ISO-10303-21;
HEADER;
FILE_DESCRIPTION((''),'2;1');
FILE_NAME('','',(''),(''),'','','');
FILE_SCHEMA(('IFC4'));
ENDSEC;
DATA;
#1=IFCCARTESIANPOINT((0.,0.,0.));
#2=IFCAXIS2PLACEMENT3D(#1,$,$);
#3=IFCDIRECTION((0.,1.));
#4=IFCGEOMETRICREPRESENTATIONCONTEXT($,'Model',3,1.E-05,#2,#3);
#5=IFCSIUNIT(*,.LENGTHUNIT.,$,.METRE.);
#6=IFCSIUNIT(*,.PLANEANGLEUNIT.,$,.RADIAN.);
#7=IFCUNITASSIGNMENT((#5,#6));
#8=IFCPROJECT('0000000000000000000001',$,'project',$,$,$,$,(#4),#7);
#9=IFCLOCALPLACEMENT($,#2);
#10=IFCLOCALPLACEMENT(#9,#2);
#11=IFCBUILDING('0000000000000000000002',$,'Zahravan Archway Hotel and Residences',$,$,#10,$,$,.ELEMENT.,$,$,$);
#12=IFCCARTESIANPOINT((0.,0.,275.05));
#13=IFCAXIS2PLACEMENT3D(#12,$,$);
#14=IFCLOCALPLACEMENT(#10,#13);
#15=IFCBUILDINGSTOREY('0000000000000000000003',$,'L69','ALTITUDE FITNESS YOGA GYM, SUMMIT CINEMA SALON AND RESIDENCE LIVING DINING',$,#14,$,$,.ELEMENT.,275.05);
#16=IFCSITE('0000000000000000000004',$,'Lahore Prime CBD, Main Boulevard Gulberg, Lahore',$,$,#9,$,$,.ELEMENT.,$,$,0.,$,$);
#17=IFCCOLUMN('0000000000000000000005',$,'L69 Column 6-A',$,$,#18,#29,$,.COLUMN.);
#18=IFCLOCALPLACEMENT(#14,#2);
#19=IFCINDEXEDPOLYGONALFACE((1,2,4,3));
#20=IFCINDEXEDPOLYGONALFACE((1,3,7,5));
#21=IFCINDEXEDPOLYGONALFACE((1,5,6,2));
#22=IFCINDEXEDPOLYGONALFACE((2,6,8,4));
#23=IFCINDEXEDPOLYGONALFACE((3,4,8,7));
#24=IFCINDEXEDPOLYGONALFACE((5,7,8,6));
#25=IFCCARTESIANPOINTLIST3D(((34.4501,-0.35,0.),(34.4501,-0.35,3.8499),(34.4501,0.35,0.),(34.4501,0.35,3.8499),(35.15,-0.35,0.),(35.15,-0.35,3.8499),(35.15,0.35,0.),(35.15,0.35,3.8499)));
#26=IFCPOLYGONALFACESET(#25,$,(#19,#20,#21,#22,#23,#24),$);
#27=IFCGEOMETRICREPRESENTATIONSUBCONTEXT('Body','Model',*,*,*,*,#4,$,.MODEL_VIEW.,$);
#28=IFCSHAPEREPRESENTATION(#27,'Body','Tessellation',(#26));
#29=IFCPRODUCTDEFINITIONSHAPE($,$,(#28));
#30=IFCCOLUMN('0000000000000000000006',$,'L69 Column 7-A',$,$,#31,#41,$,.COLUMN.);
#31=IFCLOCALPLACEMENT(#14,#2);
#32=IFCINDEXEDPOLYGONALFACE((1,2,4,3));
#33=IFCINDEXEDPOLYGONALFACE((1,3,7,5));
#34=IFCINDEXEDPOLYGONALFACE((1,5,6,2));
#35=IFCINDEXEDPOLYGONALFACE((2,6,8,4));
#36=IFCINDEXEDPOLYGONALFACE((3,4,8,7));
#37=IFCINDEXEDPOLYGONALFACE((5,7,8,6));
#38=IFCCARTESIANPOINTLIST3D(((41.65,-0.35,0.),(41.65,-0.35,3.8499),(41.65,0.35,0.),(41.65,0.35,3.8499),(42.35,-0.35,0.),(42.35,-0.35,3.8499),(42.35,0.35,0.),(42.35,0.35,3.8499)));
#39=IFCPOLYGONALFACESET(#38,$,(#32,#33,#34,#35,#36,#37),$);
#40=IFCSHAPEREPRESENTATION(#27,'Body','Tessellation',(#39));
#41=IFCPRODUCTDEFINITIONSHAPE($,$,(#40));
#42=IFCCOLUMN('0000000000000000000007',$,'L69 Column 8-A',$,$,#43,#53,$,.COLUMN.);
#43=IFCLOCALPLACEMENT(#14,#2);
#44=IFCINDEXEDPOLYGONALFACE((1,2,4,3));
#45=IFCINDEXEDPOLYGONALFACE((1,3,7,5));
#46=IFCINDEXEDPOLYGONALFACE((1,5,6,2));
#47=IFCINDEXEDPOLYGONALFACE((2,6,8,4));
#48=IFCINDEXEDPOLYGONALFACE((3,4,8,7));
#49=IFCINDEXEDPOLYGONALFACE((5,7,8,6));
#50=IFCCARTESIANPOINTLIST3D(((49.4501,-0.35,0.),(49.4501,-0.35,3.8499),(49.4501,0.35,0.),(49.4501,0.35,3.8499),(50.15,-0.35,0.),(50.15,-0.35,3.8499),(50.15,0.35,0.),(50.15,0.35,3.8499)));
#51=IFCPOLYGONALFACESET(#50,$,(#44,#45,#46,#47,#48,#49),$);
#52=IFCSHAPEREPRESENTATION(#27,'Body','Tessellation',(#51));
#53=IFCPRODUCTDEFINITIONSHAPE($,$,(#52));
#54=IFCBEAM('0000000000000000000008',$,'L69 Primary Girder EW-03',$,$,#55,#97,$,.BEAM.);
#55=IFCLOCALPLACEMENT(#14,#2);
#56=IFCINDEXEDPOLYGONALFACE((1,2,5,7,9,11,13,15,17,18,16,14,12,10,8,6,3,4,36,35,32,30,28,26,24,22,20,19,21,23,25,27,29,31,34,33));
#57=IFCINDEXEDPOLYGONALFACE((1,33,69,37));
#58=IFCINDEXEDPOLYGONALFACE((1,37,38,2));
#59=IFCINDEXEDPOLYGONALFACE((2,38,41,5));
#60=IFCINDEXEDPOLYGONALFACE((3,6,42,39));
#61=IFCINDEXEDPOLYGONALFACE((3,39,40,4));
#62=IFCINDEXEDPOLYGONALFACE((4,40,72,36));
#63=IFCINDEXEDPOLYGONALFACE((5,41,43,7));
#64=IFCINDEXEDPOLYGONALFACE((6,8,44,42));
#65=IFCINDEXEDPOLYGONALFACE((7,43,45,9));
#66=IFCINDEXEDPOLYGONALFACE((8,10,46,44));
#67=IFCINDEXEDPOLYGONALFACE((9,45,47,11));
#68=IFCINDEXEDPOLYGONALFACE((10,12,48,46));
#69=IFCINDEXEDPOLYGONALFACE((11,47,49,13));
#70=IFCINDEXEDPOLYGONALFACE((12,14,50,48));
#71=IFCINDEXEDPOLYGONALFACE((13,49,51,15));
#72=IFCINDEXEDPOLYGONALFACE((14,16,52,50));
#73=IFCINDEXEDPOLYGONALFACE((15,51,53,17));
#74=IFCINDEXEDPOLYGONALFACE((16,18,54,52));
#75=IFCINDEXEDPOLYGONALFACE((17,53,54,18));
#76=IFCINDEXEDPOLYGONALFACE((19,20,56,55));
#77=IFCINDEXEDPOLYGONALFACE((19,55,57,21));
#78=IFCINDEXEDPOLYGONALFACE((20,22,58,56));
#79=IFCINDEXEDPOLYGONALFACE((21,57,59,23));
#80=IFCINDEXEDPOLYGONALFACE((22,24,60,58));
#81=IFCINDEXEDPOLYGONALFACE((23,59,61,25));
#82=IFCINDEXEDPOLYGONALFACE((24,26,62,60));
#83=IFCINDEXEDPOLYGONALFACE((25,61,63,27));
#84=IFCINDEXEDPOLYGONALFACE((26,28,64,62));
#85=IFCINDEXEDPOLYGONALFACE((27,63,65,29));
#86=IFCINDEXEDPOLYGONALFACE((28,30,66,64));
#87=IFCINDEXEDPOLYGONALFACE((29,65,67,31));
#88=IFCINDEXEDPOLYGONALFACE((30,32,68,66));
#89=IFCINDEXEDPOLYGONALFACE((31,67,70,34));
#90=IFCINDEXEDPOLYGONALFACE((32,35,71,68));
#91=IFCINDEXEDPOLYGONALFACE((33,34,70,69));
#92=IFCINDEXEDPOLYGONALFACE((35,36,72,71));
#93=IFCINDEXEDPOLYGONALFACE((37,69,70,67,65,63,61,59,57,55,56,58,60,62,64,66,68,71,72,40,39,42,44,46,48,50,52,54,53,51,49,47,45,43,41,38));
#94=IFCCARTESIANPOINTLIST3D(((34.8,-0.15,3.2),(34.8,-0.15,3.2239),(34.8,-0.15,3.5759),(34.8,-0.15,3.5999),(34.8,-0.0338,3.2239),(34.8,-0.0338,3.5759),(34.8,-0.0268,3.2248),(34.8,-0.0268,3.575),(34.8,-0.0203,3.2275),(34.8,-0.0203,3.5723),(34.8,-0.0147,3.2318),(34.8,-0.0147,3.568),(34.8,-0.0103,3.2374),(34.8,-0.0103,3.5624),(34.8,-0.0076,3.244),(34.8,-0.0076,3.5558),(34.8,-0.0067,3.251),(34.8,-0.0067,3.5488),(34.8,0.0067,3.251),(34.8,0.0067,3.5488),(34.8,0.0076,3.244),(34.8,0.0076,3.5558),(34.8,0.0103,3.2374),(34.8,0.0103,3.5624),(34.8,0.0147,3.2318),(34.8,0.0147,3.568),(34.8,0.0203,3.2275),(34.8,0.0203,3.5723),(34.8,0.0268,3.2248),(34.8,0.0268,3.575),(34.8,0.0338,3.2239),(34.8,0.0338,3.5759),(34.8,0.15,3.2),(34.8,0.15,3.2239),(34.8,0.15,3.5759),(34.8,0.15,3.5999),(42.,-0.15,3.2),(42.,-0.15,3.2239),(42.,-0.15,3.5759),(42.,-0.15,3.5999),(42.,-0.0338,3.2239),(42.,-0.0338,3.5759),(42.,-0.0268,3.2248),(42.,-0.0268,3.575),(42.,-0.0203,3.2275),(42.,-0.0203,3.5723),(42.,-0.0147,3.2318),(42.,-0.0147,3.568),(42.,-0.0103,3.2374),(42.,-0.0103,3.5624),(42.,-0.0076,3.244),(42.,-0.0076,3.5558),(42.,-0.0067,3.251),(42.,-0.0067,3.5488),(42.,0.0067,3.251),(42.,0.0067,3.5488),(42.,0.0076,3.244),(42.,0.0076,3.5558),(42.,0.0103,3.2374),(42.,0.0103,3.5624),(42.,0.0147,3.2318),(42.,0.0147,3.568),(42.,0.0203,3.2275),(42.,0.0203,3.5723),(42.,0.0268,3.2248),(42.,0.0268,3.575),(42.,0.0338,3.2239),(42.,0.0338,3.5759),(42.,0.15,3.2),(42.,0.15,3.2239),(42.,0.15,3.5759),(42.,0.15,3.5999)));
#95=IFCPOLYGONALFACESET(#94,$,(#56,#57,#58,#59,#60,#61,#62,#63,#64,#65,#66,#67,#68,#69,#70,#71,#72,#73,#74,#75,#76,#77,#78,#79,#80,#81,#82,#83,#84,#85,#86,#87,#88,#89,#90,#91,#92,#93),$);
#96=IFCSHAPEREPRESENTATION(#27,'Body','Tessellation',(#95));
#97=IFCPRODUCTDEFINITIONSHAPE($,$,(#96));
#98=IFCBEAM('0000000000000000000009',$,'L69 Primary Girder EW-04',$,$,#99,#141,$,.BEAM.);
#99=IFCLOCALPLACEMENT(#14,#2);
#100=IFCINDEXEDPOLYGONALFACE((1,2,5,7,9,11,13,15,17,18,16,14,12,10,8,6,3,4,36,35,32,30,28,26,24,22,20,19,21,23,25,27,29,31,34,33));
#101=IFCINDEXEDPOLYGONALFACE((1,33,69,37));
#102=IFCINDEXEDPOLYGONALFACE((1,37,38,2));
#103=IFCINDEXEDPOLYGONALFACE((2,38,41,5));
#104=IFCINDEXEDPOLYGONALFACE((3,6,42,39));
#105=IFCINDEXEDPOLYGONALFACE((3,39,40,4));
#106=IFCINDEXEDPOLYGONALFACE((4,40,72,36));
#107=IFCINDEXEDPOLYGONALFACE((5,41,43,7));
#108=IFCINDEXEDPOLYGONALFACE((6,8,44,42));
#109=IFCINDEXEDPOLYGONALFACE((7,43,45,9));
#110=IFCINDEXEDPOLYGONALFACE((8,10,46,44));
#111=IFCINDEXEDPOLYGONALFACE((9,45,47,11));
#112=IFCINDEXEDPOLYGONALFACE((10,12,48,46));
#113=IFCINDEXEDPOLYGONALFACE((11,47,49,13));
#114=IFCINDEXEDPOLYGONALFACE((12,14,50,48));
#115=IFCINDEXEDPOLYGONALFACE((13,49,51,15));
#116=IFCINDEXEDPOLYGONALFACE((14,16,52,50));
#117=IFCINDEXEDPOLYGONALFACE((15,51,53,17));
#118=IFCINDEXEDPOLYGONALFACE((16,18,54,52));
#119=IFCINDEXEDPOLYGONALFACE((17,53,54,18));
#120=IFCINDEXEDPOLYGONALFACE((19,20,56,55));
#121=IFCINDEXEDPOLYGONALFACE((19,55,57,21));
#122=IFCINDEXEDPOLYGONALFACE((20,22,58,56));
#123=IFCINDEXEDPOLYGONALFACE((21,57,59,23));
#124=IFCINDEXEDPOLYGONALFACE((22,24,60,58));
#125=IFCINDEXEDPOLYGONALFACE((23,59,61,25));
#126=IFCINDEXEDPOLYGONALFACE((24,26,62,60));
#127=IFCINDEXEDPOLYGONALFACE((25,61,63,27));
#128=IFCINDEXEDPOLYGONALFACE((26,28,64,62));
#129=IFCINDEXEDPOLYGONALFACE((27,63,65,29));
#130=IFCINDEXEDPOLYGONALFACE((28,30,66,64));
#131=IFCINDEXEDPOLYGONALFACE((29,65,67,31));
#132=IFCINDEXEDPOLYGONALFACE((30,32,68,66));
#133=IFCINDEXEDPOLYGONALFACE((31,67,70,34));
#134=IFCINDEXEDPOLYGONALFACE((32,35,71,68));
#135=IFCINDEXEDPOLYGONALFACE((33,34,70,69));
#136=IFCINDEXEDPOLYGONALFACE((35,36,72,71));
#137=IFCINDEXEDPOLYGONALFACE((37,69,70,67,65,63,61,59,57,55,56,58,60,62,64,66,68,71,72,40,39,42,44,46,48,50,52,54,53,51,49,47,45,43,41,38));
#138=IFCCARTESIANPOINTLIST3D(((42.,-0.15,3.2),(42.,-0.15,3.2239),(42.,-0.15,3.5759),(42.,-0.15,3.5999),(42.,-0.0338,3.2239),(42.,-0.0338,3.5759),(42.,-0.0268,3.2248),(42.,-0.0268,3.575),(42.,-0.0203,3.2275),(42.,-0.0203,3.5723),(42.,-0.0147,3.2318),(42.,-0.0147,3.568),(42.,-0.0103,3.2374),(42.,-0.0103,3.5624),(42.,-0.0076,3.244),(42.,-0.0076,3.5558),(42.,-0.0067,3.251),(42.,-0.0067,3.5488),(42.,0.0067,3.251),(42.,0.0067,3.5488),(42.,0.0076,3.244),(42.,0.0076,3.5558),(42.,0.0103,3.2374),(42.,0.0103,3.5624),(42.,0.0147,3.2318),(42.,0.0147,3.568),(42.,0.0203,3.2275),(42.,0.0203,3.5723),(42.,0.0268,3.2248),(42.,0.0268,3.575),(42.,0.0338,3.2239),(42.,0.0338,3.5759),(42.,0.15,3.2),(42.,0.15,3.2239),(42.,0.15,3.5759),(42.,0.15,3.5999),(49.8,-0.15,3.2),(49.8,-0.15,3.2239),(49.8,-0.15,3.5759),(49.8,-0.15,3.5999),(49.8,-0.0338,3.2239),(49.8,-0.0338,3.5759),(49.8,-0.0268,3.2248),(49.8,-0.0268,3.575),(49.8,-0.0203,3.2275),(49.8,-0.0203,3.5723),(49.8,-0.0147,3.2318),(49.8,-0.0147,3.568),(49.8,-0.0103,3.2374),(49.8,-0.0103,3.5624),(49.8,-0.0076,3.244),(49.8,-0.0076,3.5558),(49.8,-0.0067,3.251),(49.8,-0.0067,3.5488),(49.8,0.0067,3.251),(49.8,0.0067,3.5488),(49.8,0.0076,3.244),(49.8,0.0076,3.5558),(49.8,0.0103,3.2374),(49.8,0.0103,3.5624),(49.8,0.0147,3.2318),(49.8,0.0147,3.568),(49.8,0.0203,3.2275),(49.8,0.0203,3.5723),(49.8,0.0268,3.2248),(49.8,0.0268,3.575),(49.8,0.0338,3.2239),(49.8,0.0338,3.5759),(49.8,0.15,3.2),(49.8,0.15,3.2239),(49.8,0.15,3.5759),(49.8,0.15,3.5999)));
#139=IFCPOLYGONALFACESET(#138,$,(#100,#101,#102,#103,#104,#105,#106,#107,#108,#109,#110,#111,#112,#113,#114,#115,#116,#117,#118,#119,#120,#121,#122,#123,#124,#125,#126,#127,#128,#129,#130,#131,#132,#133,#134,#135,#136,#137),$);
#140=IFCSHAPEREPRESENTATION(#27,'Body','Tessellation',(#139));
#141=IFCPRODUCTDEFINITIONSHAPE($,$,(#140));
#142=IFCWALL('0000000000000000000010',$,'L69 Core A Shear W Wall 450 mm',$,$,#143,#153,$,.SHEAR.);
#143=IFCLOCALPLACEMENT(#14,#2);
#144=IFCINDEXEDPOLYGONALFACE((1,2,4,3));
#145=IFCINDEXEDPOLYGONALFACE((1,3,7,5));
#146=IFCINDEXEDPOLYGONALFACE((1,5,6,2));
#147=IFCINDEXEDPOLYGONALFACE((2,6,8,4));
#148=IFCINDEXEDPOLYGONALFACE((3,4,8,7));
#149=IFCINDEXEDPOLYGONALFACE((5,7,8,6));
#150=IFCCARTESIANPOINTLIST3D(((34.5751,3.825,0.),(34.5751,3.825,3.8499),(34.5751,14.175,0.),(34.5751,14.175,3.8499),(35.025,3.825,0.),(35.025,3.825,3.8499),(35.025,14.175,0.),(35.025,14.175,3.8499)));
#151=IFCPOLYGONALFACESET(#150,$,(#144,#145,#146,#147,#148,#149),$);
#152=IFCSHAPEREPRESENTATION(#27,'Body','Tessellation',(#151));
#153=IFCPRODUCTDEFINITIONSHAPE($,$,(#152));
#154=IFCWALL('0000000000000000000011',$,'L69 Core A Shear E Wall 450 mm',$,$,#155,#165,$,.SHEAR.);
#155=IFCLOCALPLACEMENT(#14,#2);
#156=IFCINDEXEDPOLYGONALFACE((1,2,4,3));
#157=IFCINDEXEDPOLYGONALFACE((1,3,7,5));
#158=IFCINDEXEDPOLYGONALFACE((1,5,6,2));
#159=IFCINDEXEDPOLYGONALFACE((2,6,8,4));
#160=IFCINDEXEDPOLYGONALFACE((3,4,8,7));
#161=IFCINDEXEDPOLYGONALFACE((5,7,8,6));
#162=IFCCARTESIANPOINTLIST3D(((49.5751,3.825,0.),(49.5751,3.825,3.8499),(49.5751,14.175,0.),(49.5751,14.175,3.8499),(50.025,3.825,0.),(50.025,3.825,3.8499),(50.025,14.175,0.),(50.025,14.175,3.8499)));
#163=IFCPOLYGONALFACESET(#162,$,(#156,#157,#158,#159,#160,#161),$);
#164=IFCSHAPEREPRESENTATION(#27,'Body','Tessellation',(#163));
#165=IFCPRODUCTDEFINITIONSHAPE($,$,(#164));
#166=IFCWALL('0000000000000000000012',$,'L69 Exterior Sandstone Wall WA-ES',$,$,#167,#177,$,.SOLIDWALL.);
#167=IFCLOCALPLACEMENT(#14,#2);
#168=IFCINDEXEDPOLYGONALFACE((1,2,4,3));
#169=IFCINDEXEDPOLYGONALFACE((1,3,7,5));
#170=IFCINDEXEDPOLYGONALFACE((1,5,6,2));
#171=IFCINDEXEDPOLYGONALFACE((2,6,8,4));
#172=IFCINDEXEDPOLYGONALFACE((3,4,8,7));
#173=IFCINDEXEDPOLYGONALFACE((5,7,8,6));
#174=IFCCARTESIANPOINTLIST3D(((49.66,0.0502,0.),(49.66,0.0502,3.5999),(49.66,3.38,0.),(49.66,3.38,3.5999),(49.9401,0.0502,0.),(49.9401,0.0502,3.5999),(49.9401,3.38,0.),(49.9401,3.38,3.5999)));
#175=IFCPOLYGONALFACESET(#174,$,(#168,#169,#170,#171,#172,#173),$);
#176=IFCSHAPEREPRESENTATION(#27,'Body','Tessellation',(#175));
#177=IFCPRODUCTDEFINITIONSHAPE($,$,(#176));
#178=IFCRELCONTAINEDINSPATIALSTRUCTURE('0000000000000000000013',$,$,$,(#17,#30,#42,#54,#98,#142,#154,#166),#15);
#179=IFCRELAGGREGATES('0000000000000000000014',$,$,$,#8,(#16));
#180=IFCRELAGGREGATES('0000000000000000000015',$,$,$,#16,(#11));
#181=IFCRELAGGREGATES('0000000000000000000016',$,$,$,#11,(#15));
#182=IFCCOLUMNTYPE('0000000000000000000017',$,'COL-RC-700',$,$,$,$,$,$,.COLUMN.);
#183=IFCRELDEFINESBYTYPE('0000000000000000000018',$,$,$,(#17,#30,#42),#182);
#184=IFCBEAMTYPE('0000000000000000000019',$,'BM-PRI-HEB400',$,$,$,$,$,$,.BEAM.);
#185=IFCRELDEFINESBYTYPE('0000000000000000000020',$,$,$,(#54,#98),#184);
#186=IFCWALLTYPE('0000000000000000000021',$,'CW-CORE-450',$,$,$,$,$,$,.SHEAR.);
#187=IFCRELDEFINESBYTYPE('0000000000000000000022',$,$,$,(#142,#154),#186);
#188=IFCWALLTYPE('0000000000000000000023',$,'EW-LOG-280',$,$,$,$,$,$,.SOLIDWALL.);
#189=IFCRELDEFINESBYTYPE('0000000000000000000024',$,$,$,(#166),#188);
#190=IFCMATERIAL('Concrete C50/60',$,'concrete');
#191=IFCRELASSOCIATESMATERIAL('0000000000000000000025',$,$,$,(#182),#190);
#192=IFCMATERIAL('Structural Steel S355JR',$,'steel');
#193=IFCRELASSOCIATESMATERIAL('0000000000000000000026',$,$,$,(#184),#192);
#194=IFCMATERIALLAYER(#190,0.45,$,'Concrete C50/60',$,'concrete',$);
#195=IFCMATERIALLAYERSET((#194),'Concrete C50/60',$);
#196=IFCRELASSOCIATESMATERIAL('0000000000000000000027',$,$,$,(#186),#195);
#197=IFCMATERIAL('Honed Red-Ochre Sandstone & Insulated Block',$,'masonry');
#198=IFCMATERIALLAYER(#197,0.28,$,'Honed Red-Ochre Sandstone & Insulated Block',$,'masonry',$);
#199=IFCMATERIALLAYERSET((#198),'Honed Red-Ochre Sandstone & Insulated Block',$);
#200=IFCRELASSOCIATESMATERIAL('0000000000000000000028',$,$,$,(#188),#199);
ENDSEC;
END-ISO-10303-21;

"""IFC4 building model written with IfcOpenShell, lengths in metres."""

from ifc_helpers import new_model, si_unit, direction, frame, frame_2d, origin, origin_2d, place, context, subcontext, project, spatial, rectangle, i_section, extrude, source, transform, mapped, material, layer, layer_set, material_profile, profile_set, type_object, type_shapes, element, save


model = new_model("IFC4")

# Units and contexts
model_context = context("Model", 3, precision=1e-05, world=origin(), true_north=direction((0.0, 1.0)))
body_context = subcontext(model_context, "Body", "Model", "MODEL_VIEW")
ifc_project = project(units=[si_unit("LENGTHUNIT", "METRE"), si_unit("PLANEANGLEUNIT", "RADIAN")], contexts=[model_context])

# Site, building, storey
site_placement = place(None, origin())
site = spatial("IfcSite", under=ifc_project, at=site_placement, Name="Lahore Prime CBD, Main Boulevard Gulberg, Lahore", CompositionType="ELEMENT", RefElevation=0.0)
building_placement = place(site_placement, origin())
building = spatial("IfcBuilding", under=site, at=building_placement, Name="Zahravan Archway Hotel and Residences", CompositionType="ELEMENT")
storey_placement = place(building_placement, frame((0.0, 0.0, 275.05)))
storey = spatial("IfcBuildingStorey", under=building, at=storey_placement, Name="L69", Description="ALTITUDE FITNESS YOGA GYM, SUMMIT CINEMA SALON AND RESIDENCE LIVING DINING", CompositionType="ELEMENT", Elevation=275.05)

# Columns
ifc_material_1 = material(Name="Concrete C50/60", Category="concrete")
ifc_material_profile_1 = material_profile(ifc_material_1, rectangle(XDim=0.7, YDim=0.7, at=origin_2d()), Name="RC-COL-700x700", Category="concrete")
ifc_profile_set_1 = profile_set([ifc_material_profile_1], Name="Concrete C50/60")
column_type = type_object("IfcColumnType", Name="COL-RC-700", PredefinedType="COLUMN", material=ifc_profile_set_1)
shared_shape_1 = source(origin(), body_context, "Body", "SweptSolid", [
    extrude(rectangle(XDim=0.7, YDim=0.7, at=origin_2d()), origin(), (0.0, 0.0, 1.0), 3.8499),
])
type_shapes(column_type, [shared_shape_1])
for number, where, z_axis, x_axis, name in (
    (1, (34.8, 0.0, 0.0), (0.0, 0.0, 1.0), (1.0, 0.0, 0.0), "L69 Column 6-A"),
    (2, (42.0, 0.0, 0.0), (0.0, 0.0, 1.0), (1.0, 0.0, 0.0), "L69 Column 7-A"),
    (3, (49.8, 0.0, 0.0), (0.0, 0.0, 1.0), (1.0, 0.0, 0.0), "L69 Column 8-A"),
):
    element("IfcColumn", number, at=place(storey_placement, frame(where, z_axis=z_axis, x_axis=x_axis)), inside=storey, type_object=column_type, Name=name, PredefinedType="COLUMN", context=body_context, shape_type="MappedRepresentation", body=[
        mapped(shared_shape_1, transform((0.0, 0.0, 0.0), scale=1.0)),
    ])

# Beams
ifc_material_2 = material(Name="Structural Steel S355JR", Category="steel")
ifc_material_profile_2 = material_profile(ifc_material_2, i_section(OverallWidth=0.3, OverallDepth=0.3999, WebThickness=0.0134, FlangeThickness=0.0239, FilletRadius=0.0271, at=origin_2d()), Name="HEB 400", Category="steel")
ifc_profile_set_2 = profile_set([ifc_material_profile_2], Name="Structural Steel S355JR")
beam_type = type_object("IfcBeamType", Name="BM-PRI-HEB400", PredefinedType="BEAM", material=ifc_profile_set_2)
shared_shape_2 = source(origin(), body_context, "Body", "SweptSolid", [
    extrude(i_section(OverallWidth=0.3, OverallDepth=0.3999, WebThickness=0.0134, FlangeThickness=0.0239, FilletRadius=0.0271, at=origin_2d()), origin(), (0.0, 0.0, 1.0), 7.2),
])
type_shapes(beam_type, [shared_shape_2])
beam_1_placement = place(storey_placement, frame((34.8, 0.0, 3.3999), z_axis=(1.0, 0.0, 0.0), x_axis=(0.0, 1.0, 0.0)))
element("IfcBeam", 4, at=beam_1_placement, inside=storey, type_object=beam_type, Name="L69 Primary Girder EW-03", PredefinedType="BEAM", context=body_context, shape_type="MappedRepresentation", body=[
    mapped(shared_shape_2, transform((0.0, 0.0, 0.0), scale=1.0)),
])
shared_shape_3 = source(origin(), body_context, "Body", "SweptSolid", [
    extrude(i_section(OverallWidth=0.3, OverallDepth=0.3999, WebThickness=0.0134, FlangeThickness=0.0239, FilletRadius=0.0271, at=origin_2d()), origin(), (0.0, 0.0, 1.0), 7.8),
])
beam_2_placement = place(storey_placement, frame((42.0, 0.0, 3.3999), z_axis=(1.0, 0.0, 0.0), x_axis=(0.0, 1.0, 0.0)))
element("IfcBeam", 5, at=beam_2_placement, inside=storey, type_object=beam_type, Name="L69 Primary Girder EW-04", PredefinedType="BEAM", context=body_context, shape_type="MappedRepresentation", body=[
    mapped(shared_shape_3, transform((0.0, 0.0, 0.0), scale=1.0)),
])

# Walls
ifc_layer_1 = layer(ifc_material_1, 0.45, Name="Concrete C50/60", Category="concrete")
ifc_layer_set_1 = layer_set([ifc_layer_1], Name="Concrete C50/60")
wall_type_1 = type_object("IfcWallType", Name="CW-CORE-450", PredefinedType="SHEAR", material=ifc_layer_set_1)
for number, where, z_axis, x_axis, name in (
    (6, (34.8, 3.825, 0.0), (0.0, 0.0, 1.0), (0.0, 1.0, 0.0), "L69 Core A Shear W Wall 450 mm"),
    (7, (49.8, 3.825, 0.0), (0.0, 0.0, 1.0), (0.0, 1.0, 0.0), "L69 Core A Shear E Wall 450 mm"),
):
    element("IfcWall", number, at=place(storey_placement, frame(where, z_axis=z_axis, x_axis=x_axis)), inside=storey, type_object=wall_type_1, Name=name, PredefinedType="SHEAR", context=body_context, shape_type="SweptSolid", body=[
        extrude(rectangle(XDim=10.3501, YDim=0.45, at=frame_2d((5.175, 0.0))), origin(), (0.0, 0.0, 1.0), 3.8499),
    ])
ifc_material_3 = material(Name="Honed Red-Ochre Sandstone & Insulated Block", Category="masonry")
ifc_layer_2 = layer(ifc_material_3, 0.28, Name="Honed Red-Ochre Sandstone & Insulated Block", Category="masonry")
ifc_layer_set_2 = layer_set([ifc_layer_2], Name="Honed Red-Ochre Sandstone & Insulated Block")
wall_type_2 = type_object("IfcWallType", Name="EW-LOG-280", PredefinedType="SOLIDWALL", material=ifc_layer_set_2)
wall_1_placement = place(storey_placement, frame((49.8, 0.05, 0.0), z_axis=(0.0, 0.0, 1.0), x_axis=(0.0, 1.0, 0.0)))
element("IfcWall", 8, at=wall_1_placement, inside=storey, type_object=wall_type_2, Name="L69 Exterior Sandstone Wall WA-ES", PredefinedType="SOLIDWALL", context=body_context, shape_type="SweptSolid", body=[
    extrude(rectangle(XDim=3.3298, YDim=0.28, at=frame_2d((1.665, 0.0))), origin(), (0.0, 0.0, 1.0), 3.5999),
])

save(model, "model.ifc")
